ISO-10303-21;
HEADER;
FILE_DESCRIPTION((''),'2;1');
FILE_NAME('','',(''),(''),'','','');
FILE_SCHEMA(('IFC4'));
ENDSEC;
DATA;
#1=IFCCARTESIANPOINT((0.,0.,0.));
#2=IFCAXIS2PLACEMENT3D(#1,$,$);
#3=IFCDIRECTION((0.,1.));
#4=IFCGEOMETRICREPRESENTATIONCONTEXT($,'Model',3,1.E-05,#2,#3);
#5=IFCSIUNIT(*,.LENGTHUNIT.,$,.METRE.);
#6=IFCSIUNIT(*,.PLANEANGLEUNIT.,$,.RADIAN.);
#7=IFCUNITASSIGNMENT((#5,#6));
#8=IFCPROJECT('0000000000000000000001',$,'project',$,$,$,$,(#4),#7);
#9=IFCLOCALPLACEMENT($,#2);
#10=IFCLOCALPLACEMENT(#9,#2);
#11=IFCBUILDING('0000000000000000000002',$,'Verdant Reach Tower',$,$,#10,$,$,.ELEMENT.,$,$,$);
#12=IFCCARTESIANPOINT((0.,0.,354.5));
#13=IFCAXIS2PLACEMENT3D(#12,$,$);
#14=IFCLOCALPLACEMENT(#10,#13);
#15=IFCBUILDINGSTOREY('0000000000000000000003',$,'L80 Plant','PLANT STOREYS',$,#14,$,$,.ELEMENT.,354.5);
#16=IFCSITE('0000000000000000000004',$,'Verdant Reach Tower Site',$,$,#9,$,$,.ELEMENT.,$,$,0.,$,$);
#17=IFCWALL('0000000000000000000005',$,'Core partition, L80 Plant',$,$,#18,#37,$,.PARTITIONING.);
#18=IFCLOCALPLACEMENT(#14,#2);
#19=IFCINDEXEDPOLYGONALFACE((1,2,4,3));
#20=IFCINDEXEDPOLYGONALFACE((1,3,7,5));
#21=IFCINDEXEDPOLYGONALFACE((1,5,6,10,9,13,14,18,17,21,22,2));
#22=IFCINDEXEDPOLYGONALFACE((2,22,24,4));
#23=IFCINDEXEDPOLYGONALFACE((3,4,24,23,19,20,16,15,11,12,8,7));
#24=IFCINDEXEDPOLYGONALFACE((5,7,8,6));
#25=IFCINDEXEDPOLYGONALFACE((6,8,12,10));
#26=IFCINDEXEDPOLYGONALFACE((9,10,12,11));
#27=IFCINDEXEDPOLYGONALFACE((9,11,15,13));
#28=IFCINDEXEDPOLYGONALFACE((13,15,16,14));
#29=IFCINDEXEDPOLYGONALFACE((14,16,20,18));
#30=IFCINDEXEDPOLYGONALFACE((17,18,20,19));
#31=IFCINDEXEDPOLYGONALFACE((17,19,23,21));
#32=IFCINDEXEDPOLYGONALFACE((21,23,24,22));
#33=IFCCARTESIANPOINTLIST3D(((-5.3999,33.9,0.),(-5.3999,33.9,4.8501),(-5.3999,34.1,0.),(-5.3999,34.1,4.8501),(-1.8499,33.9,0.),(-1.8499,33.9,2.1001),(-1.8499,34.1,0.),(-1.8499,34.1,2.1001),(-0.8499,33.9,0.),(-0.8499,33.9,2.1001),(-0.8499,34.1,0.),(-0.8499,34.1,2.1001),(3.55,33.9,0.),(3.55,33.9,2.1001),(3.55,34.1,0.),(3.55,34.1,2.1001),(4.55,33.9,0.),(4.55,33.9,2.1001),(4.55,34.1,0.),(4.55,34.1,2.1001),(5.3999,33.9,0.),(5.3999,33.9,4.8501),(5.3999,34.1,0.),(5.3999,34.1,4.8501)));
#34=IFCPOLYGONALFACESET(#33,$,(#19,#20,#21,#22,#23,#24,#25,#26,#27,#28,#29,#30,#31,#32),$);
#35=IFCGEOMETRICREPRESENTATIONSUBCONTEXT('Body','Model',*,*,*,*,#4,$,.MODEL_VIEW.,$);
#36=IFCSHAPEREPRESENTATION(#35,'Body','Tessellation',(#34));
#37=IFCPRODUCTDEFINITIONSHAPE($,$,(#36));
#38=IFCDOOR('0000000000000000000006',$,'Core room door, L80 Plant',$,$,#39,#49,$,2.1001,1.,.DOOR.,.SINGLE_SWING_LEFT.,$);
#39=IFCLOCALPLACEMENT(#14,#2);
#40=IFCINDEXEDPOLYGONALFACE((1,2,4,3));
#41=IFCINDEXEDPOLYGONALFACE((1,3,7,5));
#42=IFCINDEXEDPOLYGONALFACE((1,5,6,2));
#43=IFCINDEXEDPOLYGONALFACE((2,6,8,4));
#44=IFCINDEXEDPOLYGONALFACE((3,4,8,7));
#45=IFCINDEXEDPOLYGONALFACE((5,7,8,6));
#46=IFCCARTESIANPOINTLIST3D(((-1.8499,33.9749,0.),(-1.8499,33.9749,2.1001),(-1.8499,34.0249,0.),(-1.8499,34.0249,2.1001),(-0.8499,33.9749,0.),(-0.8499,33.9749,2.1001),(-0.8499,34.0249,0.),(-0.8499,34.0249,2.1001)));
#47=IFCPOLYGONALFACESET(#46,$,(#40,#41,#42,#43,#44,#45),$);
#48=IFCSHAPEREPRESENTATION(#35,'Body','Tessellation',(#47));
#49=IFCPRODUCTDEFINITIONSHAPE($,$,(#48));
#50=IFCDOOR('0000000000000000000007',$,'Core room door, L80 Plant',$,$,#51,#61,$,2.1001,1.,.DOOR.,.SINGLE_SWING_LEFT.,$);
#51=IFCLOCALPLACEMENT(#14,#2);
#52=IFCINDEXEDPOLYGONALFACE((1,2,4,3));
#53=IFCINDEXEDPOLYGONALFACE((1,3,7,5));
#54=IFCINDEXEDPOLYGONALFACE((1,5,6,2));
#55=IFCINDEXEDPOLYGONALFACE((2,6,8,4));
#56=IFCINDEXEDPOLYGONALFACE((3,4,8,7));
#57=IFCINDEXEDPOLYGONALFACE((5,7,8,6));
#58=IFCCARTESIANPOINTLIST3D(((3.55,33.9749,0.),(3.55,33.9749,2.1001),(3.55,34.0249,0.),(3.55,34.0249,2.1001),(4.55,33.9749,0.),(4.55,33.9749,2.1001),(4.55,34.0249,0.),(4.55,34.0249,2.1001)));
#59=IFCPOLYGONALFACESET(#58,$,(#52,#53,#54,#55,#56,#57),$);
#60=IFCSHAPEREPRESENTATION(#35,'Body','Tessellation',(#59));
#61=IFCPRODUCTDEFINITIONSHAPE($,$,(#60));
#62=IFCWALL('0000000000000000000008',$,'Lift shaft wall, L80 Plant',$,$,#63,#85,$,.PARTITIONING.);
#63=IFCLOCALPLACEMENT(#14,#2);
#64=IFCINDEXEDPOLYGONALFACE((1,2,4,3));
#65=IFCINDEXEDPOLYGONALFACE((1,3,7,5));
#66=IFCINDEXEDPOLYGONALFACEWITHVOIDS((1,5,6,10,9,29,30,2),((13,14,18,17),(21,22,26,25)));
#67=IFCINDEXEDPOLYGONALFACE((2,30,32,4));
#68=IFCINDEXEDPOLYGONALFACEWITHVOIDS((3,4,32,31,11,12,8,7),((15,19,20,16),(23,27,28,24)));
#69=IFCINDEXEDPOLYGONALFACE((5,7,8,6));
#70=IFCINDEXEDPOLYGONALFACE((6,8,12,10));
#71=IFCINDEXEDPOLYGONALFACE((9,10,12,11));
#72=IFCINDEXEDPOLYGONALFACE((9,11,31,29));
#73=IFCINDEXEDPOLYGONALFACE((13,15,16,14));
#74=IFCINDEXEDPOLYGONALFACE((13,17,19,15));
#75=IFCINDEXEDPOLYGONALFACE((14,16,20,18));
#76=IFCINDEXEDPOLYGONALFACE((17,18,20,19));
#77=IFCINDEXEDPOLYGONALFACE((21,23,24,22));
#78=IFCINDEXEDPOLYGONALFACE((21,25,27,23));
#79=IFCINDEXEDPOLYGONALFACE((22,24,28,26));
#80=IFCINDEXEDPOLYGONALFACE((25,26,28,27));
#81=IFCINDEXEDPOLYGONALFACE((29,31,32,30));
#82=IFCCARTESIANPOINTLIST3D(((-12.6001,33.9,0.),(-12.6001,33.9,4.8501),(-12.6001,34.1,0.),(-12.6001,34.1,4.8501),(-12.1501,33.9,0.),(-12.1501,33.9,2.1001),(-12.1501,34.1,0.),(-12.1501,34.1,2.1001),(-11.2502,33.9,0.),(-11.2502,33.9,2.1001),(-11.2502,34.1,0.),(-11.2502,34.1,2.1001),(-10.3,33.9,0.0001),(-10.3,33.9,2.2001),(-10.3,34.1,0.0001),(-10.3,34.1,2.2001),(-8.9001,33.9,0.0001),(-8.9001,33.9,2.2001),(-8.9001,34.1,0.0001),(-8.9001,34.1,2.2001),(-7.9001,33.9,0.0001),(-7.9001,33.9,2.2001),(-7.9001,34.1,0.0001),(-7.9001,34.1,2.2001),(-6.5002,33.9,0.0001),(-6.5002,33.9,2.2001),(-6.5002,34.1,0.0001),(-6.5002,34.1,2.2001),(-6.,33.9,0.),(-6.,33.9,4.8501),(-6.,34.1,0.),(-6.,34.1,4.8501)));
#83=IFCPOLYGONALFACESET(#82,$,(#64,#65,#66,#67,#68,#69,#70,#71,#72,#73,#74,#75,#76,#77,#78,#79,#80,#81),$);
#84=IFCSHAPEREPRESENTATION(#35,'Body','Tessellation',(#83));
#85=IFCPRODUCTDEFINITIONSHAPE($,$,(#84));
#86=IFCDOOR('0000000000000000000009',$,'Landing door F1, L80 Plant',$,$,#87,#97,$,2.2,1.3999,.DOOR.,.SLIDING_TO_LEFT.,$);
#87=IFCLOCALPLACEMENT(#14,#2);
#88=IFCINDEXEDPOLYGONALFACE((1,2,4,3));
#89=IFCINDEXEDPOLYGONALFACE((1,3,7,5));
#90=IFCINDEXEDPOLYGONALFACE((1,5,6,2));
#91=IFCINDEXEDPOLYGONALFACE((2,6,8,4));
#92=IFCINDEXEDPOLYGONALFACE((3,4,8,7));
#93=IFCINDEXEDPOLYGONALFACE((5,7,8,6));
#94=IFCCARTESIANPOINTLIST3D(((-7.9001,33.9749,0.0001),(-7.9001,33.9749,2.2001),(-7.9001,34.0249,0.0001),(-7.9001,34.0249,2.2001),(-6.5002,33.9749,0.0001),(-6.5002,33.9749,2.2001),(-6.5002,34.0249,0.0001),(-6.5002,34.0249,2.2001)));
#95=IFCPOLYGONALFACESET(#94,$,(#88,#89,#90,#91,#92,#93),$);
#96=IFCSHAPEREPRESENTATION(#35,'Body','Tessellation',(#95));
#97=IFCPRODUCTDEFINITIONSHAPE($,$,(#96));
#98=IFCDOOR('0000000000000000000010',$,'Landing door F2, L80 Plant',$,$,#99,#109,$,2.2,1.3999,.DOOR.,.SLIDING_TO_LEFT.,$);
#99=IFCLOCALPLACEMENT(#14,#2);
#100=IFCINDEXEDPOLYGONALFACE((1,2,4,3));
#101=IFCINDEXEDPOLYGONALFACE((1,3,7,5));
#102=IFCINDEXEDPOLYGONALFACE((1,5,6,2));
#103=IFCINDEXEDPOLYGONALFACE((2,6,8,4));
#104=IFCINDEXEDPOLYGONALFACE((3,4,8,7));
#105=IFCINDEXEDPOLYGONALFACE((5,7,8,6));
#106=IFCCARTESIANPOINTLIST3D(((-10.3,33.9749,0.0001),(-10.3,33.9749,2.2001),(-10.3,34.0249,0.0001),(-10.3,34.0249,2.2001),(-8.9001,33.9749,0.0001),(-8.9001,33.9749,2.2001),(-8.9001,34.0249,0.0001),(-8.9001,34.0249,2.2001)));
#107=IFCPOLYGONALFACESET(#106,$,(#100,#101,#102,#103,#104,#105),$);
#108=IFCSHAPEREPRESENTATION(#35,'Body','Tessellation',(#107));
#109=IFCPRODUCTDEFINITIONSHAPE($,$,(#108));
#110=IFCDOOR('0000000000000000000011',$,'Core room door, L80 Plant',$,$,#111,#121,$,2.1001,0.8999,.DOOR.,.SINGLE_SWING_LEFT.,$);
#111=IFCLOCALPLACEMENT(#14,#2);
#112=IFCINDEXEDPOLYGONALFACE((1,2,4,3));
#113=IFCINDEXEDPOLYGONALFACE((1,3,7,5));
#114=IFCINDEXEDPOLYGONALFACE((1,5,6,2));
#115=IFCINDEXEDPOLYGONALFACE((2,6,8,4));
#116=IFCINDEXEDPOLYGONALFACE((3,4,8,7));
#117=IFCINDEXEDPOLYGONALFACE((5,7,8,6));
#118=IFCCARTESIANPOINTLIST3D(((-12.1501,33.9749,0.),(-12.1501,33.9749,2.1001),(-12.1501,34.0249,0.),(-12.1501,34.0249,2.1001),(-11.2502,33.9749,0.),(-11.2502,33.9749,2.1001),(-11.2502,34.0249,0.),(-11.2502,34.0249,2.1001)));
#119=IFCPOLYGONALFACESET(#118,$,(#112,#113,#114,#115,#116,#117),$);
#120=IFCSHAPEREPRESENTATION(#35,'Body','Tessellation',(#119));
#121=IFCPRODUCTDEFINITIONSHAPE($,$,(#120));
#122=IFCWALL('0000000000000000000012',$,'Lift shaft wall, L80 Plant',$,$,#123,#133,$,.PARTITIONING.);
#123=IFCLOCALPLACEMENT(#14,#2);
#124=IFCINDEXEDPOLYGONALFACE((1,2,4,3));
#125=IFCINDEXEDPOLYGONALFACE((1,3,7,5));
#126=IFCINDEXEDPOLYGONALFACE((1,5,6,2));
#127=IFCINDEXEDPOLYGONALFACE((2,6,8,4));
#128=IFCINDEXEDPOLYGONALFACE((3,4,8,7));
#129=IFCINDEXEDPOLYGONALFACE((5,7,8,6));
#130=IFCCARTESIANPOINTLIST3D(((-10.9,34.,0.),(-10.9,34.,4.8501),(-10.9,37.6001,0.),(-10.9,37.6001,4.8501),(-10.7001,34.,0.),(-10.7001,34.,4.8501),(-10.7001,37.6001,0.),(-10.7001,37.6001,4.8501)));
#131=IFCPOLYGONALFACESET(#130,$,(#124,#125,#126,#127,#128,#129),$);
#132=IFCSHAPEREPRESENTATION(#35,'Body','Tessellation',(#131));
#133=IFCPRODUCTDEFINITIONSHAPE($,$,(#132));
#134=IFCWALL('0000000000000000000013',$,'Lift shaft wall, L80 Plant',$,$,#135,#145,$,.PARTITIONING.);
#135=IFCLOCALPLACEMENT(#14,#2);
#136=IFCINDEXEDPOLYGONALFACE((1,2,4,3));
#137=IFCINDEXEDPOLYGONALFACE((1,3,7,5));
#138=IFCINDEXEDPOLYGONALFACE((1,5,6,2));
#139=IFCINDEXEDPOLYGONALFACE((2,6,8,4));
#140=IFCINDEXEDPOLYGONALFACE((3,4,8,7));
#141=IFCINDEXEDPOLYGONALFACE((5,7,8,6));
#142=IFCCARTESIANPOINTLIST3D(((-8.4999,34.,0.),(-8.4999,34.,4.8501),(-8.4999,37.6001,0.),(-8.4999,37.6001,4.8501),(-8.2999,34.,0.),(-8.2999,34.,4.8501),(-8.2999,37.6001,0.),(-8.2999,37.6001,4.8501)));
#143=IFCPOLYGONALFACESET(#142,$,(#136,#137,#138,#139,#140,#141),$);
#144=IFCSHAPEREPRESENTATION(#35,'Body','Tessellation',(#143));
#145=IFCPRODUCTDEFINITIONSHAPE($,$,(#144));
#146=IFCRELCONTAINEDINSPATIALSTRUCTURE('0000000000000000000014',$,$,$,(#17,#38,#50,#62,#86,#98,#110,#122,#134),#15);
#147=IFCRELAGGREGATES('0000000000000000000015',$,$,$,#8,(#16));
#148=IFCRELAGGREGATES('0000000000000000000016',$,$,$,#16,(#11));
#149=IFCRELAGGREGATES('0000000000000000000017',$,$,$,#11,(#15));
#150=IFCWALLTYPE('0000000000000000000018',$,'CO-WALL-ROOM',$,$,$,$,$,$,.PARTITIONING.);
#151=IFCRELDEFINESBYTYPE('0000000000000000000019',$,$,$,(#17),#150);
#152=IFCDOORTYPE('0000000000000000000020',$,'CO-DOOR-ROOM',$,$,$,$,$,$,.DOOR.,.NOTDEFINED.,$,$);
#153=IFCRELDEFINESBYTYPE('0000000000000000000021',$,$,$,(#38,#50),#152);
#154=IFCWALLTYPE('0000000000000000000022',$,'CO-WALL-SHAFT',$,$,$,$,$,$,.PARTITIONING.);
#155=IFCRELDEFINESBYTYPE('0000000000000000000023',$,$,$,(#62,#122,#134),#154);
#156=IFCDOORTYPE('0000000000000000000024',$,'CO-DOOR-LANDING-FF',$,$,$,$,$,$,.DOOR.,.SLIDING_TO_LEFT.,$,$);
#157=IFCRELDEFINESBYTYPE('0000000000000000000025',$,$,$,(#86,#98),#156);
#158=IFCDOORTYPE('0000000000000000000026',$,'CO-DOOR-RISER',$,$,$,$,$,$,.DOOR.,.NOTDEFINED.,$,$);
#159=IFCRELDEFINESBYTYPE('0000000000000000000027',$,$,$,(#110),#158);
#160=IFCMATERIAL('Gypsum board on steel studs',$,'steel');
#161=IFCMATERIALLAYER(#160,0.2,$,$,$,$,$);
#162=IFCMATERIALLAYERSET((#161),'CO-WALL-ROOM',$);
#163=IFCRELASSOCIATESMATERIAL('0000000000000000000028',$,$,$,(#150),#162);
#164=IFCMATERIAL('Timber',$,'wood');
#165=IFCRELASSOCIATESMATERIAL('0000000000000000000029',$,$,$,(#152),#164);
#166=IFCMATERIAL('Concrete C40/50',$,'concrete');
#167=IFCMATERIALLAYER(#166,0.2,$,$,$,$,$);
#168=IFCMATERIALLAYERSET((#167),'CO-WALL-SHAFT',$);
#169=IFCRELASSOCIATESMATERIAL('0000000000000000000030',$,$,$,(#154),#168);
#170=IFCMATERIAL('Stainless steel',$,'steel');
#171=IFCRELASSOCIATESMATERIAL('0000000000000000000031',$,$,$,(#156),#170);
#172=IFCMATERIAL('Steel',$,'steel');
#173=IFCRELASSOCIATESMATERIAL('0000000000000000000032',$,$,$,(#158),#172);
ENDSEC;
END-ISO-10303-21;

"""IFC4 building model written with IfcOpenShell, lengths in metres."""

from ifc_helpers import new_model, si_unit, direction, frame, frame_2d, origin, place, context, subcontext, project, spatial, rectangle, extrude, material, layer, layer_set, type_object, element, fill, save


model = new_model("IFC4")

# Units and contexts
model_context = context("Model", 3, precision=1e-05, world=origin(), true_north=direction((0.0, 1.0)))
body_context = subcontext(model_context, "Body", "Model", "MODEL_VIEW")
ifc_project = project(units=[si_unit("LENGTHUNIT", "METRE"), si_unit("PLANEANGLEUNIT", "RADIAN")], contexts=[model_context])

# Site, building, storey
site_placement = place(None, origin())
site = spatial("IfcSite", under=ifc_project, at=site_placement, Name="Verdant Reach Tower Site", CompositionType="ELEMENT", RefElevation=0.0)
building_placement = place(site_placement, origin())
building = spatial("IfcBuilding", under=site, at=building_placement, Name="Verdant Reach Tower", CompositionType="ELEMENT")
storey_placement = place(building_placement, frame((0.0, 0.0, 354.5)))
storey = spatial("IfcBuildingStorey", under=building, at=storey_placement, Name="L80 Plant", Description="PLANT STOREYS", CompositionType="ELEMENT", Elevation=354.5)

# Shared definitions
ifc_material_1 = material(Name="Gypsum board on steel studs", Category="steel")
ifc_layer_1 = layer(ifc_material_1, 0.2)
ifc_layer_set_1 = layer_set([ifc_layer_1], Name="CO-WALL-ROOM")
wall_type_1 = type_object("IfcWallType", Name="CO-WALL-ROOM", PredefinedType="PARTITIONING", material=ifc_layer_set_1)
ifc_material_2 = material(Name="Timber", Category="wood")
door_type_1 = type_object("IfcDoorType", Name="CO-DOOR-ROOM", OperationType="NOTDEFINED", PredefinedType="DOOR", material=ifc_material_2)

# Walls, openings, doors
wall_1_placement = place(storey_placement, frame((-5.3999, 34.0, 0.0), z_axis=(0.0, 0.0, 1.0), x_axis=(1.0, 0.0, 0.0)))
wall_1 = element("IfcWall", 1, at=wall_1_placement, inside=storey, type_object=wall_type_1, Name="Core partition, L80 Plant", PredefinedType="PARTITIONING", context=body_context, shape_type="SweptSolid", body=[
    extrude(rectangle(XDim=10.7998, YDim=0.2, at=frame_2d((5.3999, 0.0))), origin(), (0.0, 0.0, 1.0), 4.8501),
])
opening_1_placement = place(wall_1_placement, frame((3.55, 0.0, 0.0)))
opening_1 = element("IfcOpeningElement", 2, at=opening_1_placement, cuts=wall_1, PredefinedType="OPENING", context=body_context, shape_type="SweptSolid", body=[
    extrude(rectangle(XDim=1.0, YDim=2.1001, at=frame_2d((0.5, 1.05))), frame((0.0, 0.1099, 0.0), z_axis=(0.0, -1.0, 0.0), x_axis=(1.0, 0.0, 0.0)), (0.0, 0.0, 1.0), 0.22),
])
opening_2_placement = place(wall_1_placement, frame((8.95, 0.0, 0.0)))
opening_2 = element("IfcOpeningElement", 3, at=opening_2_placement, cuts=wall_1, PredefinedType="OPENING", context=body_context, shape_type="SweptSolid", body=[
    extrude(rectangle(XDim=1.0, YDim=2.1001, at=frame_2d((0.5, 1.05))), frame((0.0, 0.1099, 0.0), z_axis=(0.0, -1.0, 0.0), x_axis=(1.0, 0.0, 0.0)), (0.0, 0.0, 1.0), 0.22),
])
door_1_placement = place(opening_1_placement, origin())
door_1 = element("IfcDoor", 4, at=door_1_placement, inside=storey, type_object=door_type_1, Name="Core room door, L80 Plant", OperationType="SINGLE_SWING_LEFT", OverallHeight=2.1001, OverallWidth=1.0, PredefinedType="DOOR", context=body_context, shape_type="SweptSolid", body=[
    extrude(rectangle(XDim=1.0, YDim=2.1001, at=frame_2d((0.5, 1.05))), frame((0.0, 0.0249, 0.0), z_axis=(0.0, -1.0, 0.0), x_axis=(1.0, 0.0, 0.0)), (0.0, 0.0, 1.0), 0.05),
])
fill(opening_1, door_1)
door_2_placement = place(opening_2_placement, origin())
door_2 = element("IfcDoor", 5, at=door_2_placement, inside=storey, type_object=door_type_1, Name="Core room door, L80 Plant", OperationType="SINGLE_SWING_LEFT", OverallHeight=2.1001, OverallWidth=1.0, PredefinedType="DOOR", context=body_context, shape_type="SweptSolid", body=[
    extrude(rectangle(XDim=1.0, YDim=2.1001, at=frame_2d((0.5, 1.05))), frame((0.0, 0.0249, 0.0), z_axis=(0.0, -1.0, 0.0), x_axis=(1.0, 0.0, 0.0)), (0.0, 0.0, 1.0), 0.05),
])
fill(opening_2, door_2)
ifc_material_3 = material(Name="Concrete C40/50", Category="concrete")
ifc_layer_2 = layer(ifc_material_3, 0.2)
ifc_layer_set_2 = layer_set([ifc_layer_2], Name="CO-WALL-SHAFT")
wall_type_2 = type_object("IfcWallType", Name="CO-WALL-SHAFT", PredefinedType="PARTITIONING", material=ifc_layer_set_2)
wall_2_placement = place(storey_placement, frame((-12.6001, 34.0, 0.0), z_axis=(0.0, 0.0, 1.0), x_axis=(1.0, 0.0, 0.0)))
wall_2 = element("IfcWall", 6, at=wall_2_placement, inside=storey, type_object=wall_type_2, Name="Lift shaft wall, L80 Plant", PredefinedType="PARTITIONING", context=body_context, shape_type="SweptSolid", body=[
    extrude(rectangle(XDim=6.6001, YDim=0.2, at=frame_2d((3.3, 0.0))), origin(), (0.0, 0.0, 1.0), 4.8501),
])
opening_3_placement = place(wall_2_placement, frame((4.7, 0.0, 0.0)))
opening_3 = element("IfcOpeningElement", 7, at=opening_3_placement, cuts=wall_2, PredefinedType="OPENING", context=body_context, shape_type="SweptSolid", body=[
    extrude(rectangle(XDim=1.3999, YDim=2.2, at=frame_2d((0.7, 1.1001))), frame((0.0, 0.1099, 0.0), z_axis=(0.0, -1.0, 0.0), x_axis=(1.0, 0.0, 0.0)), (0.0, 0.0, 1.0), 0.22),
])
opening_4_placement = place(wall_2_placement, frame((2.3, 0.0, 0.0)))
opening_4 = element("IfcOpeningElement", 8, at=opening_4_placement, cuts=wall_2, PredefinedType="OPENING", context=body_context, shape_type="SweptSolid", body=[
    extrude(rectangle(XDim=1.3999, YDim=2.2, at=frame_2d((0.7, 1.1001))), frame((0.0, 0.1099, 0.0), z_axis=(0.0, -1.0, 0.0), x_axis=(1.0, 0.0, 0.0)), (0.0, 0.0, 1.0), 0.22),
])
opening_5_placement = place(wall_2_placement, frame((0.45, 0.0, 0.0)))
opening_5 = element("IfcOpeningElement", 9, at=opening_5_placement, cuts=wall_2, PredefinedType="OPENING", context=body_context, shape_type="SweptSolid", body=[
    extrude(rectangle(XDim=0.8999, YDim=2.1001, at=frame_2d((0.45, 1.05))), frame((0.0, 0.1099, 0.0), z_axis=(0.0, -1.0, 0.0), x_axis=(1.0, 0.0, 0.0)), (0.0, 0.0, 1.0), 0.22),
])
ifc_material_4 = material(Name="Stainless steel", Category="steel")
door_type_2 = type_object("IfcDoorType", Name="CO-DOOR-LANDING-FF", OperationType="SLIDING_TO_LEFT", PredefinedType="DOOR", material=ifc_material_4)
door_3_placement = place(opening_3_placement, origin())
door_3 = element("IfcDoor", 10, at=door_3_placement, inside=storey, type_object=door_type_2, Name="Landing door F1, L80 Plant", OperationType="SLIDING_TO_LEFT", OverallHeight=2.2, OverallWidth=1.3999, PredefinedType="DOOR", context=body_context, shape_type="SweptSolid", body=[
    extrude(rectangle(XDim=1.3999, YDim=2.2, at=frame_2d((0.7, 1.1001))), frame((0.0, 0.0249, 0.0), z_axis=(0.0, -1.0, 0.0), x_axis=(1.0, 0.0, 0.0)), (0.0, 0.0, 1.0), 0.05),
])
fill(opening_3, door_3)
door_4_placement = place(opening_4_placement, origin())
door_4 = element("IfcDoor", 11, at=door_4_placement, inside=storey, type_object=door_type_2, Name="Landing door F2, L80 Plant", OperationType="SLIDING_TO_LEFT", OverallHeight=2.2, OverallWidth=1.3999, PredefinedType="DOOR", context=body_context, shape_type="SweptSolid", body=[
    extrude(rectangle(XDim=1.3999, YDim=2.2, at=frame_2d((0.7, 1.1001))), frame((0.0, 0.0249, 0.0), z_axis=(0.0, -1.0, 0.0), x_axis=(1.0, 0.0, 0.0)), (0.0, 0.0, 1.0), 0.05),
])
fill(opening_4, door_4)
ifc_material_5 = material(Name="Steel", Category="steel")
door_type_3 = type_object("IfcDoorType", Name="CO-DOOR-RISER", OperationType="NOTDEFINED", PredefinedType="DOOR", material=ifc_material_5)
door_5_placement = place(opening_5_placement, origin())
door_5 = element("IfcDoor", 12, at=door_5_placement, inside=storey, type_object=door_type_3, Name="Core room door, L80 Plant", OperationType="SINGLE_SWING_LEFT", OverallHeight=2.1001, OverallWidth=0.8999, PredefinedType="DOOR", context=body_context, shape_type="SweptSolid", body=[
    extrude(rectangle(XDim=0.8999, YDim=2.1001, at=frame_2d((0.45, 1.05))), frame((0.0, 0.0249, 0.0), z_axis=(0.0, -1.0, 0.0), x_axis=(1.0, 0.0, 0.0)), (0.0, 0.0, 1.0), 0.05),
])
fill(opening_5, door_5)

# Walls
for number, where, z_axis, x_axis, name in (
    (13, (-10.8, 34.0, 0.0), (0.0, 0.0, 1.0), (0.0, 1.0, 0.0), "Lift shaft wall, L80 Plant"),
    (14, (-8.3999, 34.0, 0.0), (0.0, 0.0, 1.0), (0.0, 1.0, 0.0), "Lift shaft wall, L80 Plant"),
):
    element("IfcWall", number, at=place(storey_placement, frame(where, z_axis=z_axis, x_axis=x_axis)), inside=storey, type_object=wall_type_2, Name=name, PredefinedType="PARTITIONING", context=body_context, shape_type="SweptSolid", body=[
        extrude(rectangle(XDim=3.6001, YDim=0.2, at=frame_2d((1.8, 0.0))), origin(), (0.0, 0.0, 1.0), 4.8501),
    ])

save(model, "model.ifc")
